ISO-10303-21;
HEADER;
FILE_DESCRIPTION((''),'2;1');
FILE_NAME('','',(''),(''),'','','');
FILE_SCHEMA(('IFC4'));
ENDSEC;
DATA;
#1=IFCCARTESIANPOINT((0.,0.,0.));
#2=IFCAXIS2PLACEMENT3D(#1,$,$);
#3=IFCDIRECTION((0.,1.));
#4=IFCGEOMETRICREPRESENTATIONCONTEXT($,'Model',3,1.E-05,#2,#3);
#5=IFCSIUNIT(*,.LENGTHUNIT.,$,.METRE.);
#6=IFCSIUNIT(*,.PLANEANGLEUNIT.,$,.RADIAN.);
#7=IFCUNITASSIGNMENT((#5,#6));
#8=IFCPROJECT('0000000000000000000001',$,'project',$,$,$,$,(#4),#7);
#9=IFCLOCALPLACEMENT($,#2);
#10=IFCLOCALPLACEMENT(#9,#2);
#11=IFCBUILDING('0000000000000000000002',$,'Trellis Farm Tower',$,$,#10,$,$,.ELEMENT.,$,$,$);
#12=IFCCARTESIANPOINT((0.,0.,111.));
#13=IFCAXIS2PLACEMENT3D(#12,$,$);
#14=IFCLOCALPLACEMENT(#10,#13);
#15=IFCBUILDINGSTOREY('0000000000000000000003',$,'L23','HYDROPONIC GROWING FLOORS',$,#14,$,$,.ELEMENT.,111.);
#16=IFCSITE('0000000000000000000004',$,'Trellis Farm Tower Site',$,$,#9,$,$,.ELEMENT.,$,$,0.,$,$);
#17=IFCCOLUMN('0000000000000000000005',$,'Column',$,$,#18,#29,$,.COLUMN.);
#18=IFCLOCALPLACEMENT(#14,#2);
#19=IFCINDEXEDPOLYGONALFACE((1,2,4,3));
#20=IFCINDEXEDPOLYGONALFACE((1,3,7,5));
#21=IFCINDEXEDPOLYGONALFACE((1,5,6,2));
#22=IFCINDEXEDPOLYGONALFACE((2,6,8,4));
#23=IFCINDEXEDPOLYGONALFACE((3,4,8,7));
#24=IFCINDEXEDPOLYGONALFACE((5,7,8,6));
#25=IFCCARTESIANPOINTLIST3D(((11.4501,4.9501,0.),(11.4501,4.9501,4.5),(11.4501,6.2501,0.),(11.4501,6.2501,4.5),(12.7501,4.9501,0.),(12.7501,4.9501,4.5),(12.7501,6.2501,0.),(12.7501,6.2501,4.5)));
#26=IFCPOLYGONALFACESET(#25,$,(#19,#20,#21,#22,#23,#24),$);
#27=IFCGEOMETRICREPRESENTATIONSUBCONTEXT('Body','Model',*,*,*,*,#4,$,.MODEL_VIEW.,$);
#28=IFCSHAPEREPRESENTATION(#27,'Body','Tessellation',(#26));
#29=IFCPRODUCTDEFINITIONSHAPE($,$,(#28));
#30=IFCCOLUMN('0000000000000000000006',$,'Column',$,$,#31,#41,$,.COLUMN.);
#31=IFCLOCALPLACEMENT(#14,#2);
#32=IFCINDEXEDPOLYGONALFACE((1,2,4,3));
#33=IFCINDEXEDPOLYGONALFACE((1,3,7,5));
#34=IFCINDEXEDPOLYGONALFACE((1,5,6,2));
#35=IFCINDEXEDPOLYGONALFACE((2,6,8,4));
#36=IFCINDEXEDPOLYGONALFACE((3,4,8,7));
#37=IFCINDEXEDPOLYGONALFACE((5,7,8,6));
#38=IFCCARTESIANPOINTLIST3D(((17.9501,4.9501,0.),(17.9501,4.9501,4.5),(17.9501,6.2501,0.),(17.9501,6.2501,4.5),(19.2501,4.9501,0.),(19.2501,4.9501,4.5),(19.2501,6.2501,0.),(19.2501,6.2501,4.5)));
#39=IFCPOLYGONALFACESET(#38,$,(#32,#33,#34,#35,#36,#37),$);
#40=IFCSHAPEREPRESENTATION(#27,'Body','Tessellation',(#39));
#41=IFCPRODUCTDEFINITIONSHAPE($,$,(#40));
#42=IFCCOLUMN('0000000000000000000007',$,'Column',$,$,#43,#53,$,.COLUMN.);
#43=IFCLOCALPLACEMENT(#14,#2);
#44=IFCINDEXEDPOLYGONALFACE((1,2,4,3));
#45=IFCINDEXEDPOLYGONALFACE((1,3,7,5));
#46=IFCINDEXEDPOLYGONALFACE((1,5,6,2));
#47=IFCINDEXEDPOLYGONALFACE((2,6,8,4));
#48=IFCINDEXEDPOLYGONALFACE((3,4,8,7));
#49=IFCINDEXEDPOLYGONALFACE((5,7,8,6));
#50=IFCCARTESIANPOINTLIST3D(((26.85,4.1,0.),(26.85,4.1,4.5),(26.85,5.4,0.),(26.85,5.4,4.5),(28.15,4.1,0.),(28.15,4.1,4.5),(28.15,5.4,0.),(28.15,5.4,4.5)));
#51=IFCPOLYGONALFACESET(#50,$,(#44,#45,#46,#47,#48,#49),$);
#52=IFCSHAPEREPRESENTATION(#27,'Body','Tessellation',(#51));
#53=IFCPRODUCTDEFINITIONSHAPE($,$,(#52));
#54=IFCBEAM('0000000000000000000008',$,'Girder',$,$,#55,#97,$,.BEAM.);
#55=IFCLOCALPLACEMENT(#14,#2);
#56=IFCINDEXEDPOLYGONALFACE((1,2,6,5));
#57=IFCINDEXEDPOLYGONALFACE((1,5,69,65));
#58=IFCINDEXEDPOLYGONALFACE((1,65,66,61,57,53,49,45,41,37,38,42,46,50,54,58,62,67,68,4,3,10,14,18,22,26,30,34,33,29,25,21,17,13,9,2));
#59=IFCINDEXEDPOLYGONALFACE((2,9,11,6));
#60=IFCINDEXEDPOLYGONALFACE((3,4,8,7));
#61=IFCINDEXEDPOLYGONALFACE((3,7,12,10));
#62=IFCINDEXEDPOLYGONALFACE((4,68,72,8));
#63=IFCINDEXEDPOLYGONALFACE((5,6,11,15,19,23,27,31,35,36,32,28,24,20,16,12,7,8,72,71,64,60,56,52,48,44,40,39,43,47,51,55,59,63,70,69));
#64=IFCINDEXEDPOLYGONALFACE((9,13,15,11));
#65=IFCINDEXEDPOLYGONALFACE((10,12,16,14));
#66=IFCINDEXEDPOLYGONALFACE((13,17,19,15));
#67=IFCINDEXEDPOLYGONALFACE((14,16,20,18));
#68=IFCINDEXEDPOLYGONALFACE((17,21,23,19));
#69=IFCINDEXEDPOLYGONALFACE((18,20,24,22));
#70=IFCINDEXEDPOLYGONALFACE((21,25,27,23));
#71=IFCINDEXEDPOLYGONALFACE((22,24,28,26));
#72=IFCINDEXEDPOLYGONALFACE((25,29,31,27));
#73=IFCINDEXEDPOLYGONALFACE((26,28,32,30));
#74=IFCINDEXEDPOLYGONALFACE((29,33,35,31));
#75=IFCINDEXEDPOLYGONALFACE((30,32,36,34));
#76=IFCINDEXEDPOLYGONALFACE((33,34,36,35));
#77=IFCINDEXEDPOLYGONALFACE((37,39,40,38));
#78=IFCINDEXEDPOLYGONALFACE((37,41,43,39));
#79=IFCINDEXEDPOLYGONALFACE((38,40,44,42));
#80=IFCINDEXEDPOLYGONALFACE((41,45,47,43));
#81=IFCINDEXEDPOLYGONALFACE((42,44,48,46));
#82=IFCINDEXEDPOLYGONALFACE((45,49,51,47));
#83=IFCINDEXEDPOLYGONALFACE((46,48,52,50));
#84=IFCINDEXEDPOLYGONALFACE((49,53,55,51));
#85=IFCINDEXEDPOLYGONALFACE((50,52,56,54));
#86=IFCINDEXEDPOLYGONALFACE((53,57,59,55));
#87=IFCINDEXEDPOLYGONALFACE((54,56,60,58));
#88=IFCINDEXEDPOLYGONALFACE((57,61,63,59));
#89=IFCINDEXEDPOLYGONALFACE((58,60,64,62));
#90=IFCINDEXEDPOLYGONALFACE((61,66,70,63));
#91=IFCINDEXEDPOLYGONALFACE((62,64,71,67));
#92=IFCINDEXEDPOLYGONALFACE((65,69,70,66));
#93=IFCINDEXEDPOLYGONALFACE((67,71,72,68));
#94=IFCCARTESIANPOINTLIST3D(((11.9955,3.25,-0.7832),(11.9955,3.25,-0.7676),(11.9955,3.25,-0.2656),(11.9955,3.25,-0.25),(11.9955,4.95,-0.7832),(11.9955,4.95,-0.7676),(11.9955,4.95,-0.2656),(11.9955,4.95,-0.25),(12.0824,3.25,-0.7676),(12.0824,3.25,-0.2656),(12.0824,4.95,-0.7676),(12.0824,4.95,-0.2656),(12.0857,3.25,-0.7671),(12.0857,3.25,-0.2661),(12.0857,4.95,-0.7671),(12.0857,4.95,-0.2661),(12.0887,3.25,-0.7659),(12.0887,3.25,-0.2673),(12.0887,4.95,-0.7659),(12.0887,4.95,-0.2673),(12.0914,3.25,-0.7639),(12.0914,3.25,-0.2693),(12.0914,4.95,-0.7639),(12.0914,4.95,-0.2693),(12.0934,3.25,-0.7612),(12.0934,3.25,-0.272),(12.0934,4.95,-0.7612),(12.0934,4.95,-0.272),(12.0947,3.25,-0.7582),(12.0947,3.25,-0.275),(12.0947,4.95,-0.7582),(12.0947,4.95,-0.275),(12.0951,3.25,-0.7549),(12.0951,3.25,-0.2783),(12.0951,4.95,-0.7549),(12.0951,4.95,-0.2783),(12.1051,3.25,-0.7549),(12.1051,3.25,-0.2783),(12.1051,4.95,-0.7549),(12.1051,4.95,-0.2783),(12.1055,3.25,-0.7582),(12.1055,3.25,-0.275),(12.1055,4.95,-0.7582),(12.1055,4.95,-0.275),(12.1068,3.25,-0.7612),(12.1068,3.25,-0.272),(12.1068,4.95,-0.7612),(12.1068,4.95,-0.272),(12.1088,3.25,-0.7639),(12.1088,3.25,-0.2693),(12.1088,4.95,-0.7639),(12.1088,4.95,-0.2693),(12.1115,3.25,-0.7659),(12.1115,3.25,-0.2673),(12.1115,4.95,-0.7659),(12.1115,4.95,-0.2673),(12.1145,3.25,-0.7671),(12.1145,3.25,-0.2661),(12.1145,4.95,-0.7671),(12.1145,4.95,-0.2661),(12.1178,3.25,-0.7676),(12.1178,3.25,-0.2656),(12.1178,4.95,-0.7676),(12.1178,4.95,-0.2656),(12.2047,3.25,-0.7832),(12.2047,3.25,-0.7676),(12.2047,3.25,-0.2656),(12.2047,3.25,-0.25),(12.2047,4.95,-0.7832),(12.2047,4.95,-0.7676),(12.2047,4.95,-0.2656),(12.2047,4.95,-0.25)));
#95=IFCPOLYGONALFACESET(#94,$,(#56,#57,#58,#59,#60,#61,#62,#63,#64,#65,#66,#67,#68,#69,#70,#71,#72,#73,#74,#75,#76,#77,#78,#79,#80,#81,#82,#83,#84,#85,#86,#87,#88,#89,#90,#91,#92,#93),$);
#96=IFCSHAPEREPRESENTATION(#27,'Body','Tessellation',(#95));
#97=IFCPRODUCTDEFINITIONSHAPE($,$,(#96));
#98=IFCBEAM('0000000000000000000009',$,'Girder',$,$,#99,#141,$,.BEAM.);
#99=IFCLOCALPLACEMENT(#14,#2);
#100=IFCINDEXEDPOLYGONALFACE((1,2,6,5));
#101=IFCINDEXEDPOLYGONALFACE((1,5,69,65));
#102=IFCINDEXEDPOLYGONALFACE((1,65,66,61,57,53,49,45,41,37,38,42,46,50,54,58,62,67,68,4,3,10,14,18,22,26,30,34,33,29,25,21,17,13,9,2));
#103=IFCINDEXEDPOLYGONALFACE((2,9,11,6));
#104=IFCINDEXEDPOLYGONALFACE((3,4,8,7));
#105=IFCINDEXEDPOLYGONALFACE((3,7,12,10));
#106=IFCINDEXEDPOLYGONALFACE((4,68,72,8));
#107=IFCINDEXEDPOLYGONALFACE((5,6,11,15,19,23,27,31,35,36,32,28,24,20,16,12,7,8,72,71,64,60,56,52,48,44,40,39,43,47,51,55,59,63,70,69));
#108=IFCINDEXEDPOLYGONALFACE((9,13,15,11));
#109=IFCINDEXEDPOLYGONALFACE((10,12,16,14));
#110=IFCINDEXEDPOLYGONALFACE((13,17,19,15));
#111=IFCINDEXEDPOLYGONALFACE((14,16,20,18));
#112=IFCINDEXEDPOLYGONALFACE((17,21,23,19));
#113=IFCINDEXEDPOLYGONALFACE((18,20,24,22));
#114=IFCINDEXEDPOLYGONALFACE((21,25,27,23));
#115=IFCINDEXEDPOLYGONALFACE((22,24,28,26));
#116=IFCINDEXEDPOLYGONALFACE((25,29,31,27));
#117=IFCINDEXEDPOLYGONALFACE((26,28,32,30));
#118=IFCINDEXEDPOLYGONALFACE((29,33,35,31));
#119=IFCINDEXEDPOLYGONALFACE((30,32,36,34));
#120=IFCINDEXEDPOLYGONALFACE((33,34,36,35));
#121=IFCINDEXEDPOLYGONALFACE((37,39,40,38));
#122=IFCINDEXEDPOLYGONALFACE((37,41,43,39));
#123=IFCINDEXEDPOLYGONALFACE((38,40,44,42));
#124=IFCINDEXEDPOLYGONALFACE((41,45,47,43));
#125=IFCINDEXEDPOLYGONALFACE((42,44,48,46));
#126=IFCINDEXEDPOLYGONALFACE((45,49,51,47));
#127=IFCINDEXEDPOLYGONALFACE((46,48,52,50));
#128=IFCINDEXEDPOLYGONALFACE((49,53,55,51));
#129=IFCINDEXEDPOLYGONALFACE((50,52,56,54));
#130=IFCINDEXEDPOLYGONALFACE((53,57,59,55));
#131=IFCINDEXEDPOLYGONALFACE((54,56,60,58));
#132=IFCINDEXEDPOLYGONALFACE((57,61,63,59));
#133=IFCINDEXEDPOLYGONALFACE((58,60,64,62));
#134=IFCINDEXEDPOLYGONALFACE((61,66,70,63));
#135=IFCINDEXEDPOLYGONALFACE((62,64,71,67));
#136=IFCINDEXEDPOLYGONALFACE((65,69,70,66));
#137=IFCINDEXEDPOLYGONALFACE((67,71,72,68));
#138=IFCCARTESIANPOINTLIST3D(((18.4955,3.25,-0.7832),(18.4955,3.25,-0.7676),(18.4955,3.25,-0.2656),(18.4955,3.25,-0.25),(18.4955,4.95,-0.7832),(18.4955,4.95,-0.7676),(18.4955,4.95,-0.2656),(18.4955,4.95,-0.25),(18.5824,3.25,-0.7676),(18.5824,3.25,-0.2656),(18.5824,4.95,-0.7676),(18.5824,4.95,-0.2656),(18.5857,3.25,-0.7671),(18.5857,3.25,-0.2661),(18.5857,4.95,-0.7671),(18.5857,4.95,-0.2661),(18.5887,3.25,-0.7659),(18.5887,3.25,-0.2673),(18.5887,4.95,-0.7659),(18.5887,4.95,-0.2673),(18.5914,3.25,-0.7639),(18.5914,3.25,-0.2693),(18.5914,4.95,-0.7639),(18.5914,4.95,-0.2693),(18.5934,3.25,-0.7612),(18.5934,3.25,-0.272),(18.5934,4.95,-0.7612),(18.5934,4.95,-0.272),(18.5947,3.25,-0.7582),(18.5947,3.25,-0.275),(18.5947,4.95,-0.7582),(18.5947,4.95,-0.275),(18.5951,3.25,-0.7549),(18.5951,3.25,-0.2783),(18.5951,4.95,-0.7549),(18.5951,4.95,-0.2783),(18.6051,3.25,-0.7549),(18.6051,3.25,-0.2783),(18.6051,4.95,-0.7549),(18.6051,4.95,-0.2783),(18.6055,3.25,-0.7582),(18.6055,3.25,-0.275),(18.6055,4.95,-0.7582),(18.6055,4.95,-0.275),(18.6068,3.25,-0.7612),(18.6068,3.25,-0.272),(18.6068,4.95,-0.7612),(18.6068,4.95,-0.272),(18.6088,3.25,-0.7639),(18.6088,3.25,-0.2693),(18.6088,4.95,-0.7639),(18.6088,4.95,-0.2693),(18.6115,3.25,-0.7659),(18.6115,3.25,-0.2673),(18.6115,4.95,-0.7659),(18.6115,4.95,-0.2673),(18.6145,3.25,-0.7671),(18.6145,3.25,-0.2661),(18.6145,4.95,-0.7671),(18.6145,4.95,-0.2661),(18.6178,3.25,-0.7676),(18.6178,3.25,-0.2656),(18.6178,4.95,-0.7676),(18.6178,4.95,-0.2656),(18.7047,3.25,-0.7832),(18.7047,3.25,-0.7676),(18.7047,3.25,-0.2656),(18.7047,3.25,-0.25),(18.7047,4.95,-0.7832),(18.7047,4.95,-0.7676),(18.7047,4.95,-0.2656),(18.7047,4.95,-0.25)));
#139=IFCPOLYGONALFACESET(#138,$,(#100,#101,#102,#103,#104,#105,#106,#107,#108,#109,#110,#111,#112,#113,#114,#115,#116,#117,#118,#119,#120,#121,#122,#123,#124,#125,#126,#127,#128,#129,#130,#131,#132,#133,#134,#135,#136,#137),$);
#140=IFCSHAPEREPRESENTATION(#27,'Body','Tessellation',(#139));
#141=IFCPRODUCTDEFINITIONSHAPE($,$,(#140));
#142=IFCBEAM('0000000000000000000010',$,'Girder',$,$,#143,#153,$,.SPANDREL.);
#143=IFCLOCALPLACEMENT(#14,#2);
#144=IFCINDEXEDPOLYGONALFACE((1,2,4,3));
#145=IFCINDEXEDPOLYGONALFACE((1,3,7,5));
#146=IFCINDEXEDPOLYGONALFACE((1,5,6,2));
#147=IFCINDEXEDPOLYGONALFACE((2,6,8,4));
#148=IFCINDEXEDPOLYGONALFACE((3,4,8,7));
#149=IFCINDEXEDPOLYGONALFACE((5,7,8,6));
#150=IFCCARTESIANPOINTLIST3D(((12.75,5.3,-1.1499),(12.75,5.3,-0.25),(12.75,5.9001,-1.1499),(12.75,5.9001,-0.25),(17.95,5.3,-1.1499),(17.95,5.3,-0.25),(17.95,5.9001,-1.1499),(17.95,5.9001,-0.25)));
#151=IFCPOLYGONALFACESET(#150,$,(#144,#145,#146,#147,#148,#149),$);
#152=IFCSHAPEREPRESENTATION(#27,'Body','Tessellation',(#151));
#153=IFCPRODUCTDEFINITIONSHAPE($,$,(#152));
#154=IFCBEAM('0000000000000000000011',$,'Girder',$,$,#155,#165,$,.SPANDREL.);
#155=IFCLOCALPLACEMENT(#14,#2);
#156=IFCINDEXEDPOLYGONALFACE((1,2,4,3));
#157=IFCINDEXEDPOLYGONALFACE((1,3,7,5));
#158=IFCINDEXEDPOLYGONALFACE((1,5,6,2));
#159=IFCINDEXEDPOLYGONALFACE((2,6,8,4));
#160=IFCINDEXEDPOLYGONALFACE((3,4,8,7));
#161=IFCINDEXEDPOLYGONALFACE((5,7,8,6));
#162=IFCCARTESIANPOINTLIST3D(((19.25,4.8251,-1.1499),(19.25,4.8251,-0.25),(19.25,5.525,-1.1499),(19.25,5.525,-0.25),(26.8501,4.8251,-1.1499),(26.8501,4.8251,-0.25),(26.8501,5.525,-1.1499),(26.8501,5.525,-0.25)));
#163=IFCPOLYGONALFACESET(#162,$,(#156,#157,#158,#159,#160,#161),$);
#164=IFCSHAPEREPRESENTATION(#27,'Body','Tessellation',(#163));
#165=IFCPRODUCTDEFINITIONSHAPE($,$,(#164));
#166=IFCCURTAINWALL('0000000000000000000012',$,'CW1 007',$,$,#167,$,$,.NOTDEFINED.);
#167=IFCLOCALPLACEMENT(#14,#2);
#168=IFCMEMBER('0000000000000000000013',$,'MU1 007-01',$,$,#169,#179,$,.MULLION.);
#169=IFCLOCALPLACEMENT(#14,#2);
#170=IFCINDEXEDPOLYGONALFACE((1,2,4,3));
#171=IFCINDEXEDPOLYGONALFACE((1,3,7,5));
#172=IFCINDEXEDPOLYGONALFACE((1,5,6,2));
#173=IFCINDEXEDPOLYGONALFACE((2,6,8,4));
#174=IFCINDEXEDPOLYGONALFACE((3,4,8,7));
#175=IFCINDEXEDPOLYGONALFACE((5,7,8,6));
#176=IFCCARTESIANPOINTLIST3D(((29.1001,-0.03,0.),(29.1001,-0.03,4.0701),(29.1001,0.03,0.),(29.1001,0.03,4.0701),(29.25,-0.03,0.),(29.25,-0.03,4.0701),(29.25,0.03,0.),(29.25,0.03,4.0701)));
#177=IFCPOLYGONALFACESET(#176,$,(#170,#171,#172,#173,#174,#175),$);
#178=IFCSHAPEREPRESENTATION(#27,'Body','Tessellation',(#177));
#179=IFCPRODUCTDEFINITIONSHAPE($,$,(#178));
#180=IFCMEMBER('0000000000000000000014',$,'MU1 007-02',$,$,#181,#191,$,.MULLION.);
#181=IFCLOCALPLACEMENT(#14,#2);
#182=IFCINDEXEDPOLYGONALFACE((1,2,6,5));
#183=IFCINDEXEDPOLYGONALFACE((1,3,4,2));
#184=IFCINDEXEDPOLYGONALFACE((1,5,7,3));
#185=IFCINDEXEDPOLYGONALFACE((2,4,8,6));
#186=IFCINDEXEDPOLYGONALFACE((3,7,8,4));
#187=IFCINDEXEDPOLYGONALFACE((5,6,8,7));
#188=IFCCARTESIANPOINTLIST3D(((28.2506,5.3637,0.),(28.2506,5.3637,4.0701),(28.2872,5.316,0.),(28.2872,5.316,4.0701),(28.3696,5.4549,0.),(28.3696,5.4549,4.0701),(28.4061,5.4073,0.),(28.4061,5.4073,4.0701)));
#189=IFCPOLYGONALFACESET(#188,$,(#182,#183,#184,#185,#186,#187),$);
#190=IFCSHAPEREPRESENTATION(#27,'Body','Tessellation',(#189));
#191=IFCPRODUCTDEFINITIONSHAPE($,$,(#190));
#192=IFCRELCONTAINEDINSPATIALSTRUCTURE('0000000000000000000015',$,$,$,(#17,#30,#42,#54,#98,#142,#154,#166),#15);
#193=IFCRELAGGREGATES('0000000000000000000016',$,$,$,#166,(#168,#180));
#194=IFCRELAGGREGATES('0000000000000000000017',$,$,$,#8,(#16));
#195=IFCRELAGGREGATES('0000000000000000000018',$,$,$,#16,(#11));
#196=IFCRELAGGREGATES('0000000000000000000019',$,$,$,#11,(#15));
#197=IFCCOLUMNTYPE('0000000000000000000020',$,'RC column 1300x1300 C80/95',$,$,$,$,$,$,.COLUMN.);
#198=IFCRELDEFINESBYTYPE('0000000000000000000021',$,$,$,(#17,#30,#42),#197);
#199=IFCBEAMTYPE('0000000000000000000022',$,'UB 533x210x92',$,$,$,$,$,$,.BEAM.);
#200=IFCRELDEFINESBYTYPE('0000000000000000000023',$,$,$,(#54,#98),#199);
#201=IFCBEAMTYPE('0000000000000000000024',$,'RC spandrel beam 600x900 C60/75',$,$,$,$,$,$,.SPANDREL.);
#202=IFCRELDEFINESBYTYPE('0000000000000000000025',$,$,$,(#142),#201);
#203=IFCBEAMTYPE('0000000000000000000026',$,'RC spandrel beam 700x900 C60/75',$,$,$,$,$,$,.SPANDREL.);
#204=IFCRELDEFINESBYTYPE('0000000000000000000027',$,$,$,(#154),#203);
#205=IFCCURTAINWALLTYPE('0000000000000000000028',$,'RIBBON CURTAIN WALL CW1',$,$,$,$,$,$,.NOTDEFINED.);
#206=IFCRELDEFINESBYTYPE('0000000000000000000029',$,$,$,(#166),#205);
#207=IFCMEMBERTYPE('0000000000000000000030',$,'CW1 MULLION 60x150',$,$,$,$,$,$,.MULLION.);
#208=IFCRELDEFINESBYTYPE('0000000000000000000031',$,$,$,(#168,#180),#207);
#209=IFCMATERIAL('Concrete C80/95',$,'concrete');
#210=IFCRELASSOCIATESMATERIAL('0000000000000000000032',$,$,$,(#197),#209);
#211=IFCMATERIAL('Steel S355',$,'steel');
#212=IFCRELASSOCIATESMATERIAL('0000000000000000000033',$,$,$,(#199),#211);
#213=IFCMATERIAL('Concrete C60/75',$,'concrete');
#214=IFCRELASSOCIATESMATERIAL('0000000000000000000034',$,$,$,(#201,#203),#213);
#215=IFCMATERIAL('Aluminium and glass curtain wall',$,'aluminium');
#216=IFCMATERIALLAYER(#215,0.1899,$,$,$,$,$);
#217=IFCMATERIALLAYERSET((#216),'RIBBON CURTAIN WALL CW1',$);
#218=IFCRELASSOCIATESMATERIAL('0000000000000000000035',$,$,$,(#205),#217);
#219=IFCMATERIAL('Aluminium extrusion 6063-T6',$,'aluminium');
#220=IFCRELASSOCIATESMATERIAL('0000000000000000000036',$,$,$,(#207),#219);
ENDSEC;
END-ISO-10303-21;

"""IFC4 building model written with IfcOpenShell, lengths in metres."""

from ifc_helpers import new_model, si_unit, direction, frame, origin, origin_2d, place, context, subcontext, project, spatial, rectangle, i_section, extrude, source, transform, mapped, material, layer, layer_set, material_profile, profile_set, type_object, element, aggregate, save


model = new_model("IFC4")

# Units and contexts
model_context = context("Model", 3, precision=1e-05, world=origin(), true_north=direction((0.0, 1.0)))
body_context = subcontext(model_context, "Body", "Model", "MODEL_VIEW")
ifc_project = project(units=[si_unit("LENGTHUNIT", "METRE"), si_unit("PLANEANGLEUNIT", "RADIAN")], contexts=[model_context])

# Site, building, storey
site_placement = place(None, origin())
site = spatial("IfcSite", under=ifc_project, at=site_placement, Name="Trellis Farm Tower Site", CompositionType="ELEMENT", RefElevation=0.0)
building_placement = place(site_placement, origin())
building = spatial("IfcBuilding", under=site, at=building_placement, Name="Trellis Farm Tower", CompositionType="ELEMENT")
storey_placement = place(building_placement, frame((0.0, 0.0, 111.0)))
storey = spatial("IfcBuildingStorey", under=building, at=storey_placement, Name="L23", Description="HYDROPONIC GROWING FLOORS", CompositionType="ELEMENT", Elevation=111.0)

# Columns
ifc_material_1 = material(Name="Concrete C80/95", Category="concrete")
ifc_material_profile_1 = material_profile(ifc_material_1, rectangle(XDim=1.3, YDim=1.3, at=origin_2d()), Name="RC column 1300x1300 C80/95")
ifc_profile_set_1 = profile_set([ifc_material_profile_1], Name="Concrete C80/95")
column_type = type_object("IfcColumnType", Name="RC column 1300x1300 C80/95", PredefinedType="COLUMN", material=ifc_profile_set_1)
shared_shape_1 = source(origin(), body_context, "Body", "SweptSolid", [
    extrude(rectangle(XDim=1.3, YDim=1.3, at=origin_2d()), origin(), (0.0, 0.0, 1.0), 4.5),
])
for number, where, z_axis, x_axis, name in (
    (1, (12.1001, 5.6001, 0.0), (0.0, 0.0, 1.0), (1.0, 0.0, 0.0), "Column"),
    (2, (18.6001, 5.6001, 0.0), (0.0, 0.0, 1.0), (1.0, 0.0, 0.0), "Column"),
    (3, (27.5, 4.75, 0.0), (0.0, 0.0, 1.0), (1.0, 0.0, 0.0), "Column"),
):
    element("IfcColumn", number, at=place(storey_placement, frame(where, z_axis=z_axis, x_axis=x_axis)), inside=storey, type_object=column_type, Name=name, PredefinedType="COLUMN", context=body_context, shape_type="MappedRepresentation", body=[
        mapped(shared_shape_1, transform((0.0, 0.0, 0.0))),
    ])

# Beams
ifc_material_2 = material(Name="Steel S355", Category="steel")
ifc_material_profile_2 = material_profile(ifc_material_2, i_section(OverallWidth=0.2092, OverallDepth=0.5332, WebThickness=0.01, FlangeThickness=0.0156, FilletRadius=0.0127, at=origin_2d()), Name="UB 533x210x92")
ifc_profile_set_2 = profile_set([ifc_material_profile_2], Name="Steel S355")
beam_type_1 = type_object("IfcBeamType", Name="UB 533x210x92", PredefinedType="BEAM", material=ifc_profile_set_2)
shared_shape_2 = source(origin(), body_context, "Body", "SweptSolid", [
    extrude(i_section(OverallWidth=0.2092, OverallDepth=0.5332, WebThickness=0.01, FlangeThickness=0.0156, FilletRadius=0.0127, at=origin_2d()), origin(), (0.0, 0.0, 1.0), 1.7),
])
for number, where, z_axis, x_axis, name in (
    (4, (12.1001, 3.25, -0.5166), (0.0, 1.0, 0.0), (-1.0, 0.0, 0.0), "Girder"),
    (5, (18.6001, 3.25, -0.5166), (0.0, 1.0, 0.0), (-1.0, 0.0, 0.0), "Girder"),
):
    element("IfcBeam", number, at=place(storey_placement, frame(where, z_axis=z_axis, x_axis=x_axis)), inside=storey, type_object=beam_type_1, Name=name, PredefinedType="BEAM", context=body_context, shape_type="MappedRepresentation", body=[
        mapped(shared_shape_2, transform((0.0, 0.0, 0.0))),
    ])
ifc_material_3 = material(Name="Concrete C60/75", Category="concrete")
ifc_material_profile_3 = material_profile(ifc_material_3, rectangle(XDim=0.6001, YDim=0.8999, at=origin_2d()), Name="RC spandrel beam 600x900 C60/75")
ifc_profile_set_3 = profile_set([ifc_material_profile_3], Name="Concrete C60/75")
beam_type_2 = type_object("IfcBeamType", Name="RC spandrel beam 600x900 C60/75", PredefinedType="SPANDREL", material=ifc_profile_set_3)
shared_shape_3 = source(origin(), body_context, "Body", "SweptSolid", [
    extrude(rectangle(XDim=0.6001, YDim=0.8999, at=origin_2d()), origin(), (0.0, 0.0, 1.0), 5.2),
])
beam_1_placement = place(storey_placement, frame((12.75, 5.6001, -0.7), z_axis=(1.0, 0.0, 0.0), x_axis=(0.0, 1.0, 0.0)))
element("IfcBeam", 6, at=beam_1_placement, inside=storey, type_object=beam_type_2, Name="Girder", PredefinedType="SPANDREL", context=body_context, shape_type="MappedRepresentation", body=[
    mapped(shared_shape_3, transform((0.0, 0.0, 0.0))),
])
ifc_material_profile_4 = material_profile(ifc_material_3, rectangle(XDim=0.7, YDim=0.8999, at=origin_2d()), Name="RC spandrel beam 700x900 C60/75")
ifc_profile_set_4 = profile_set([ifc_material_profile_4], Name="Concrete C60/75")
beam_type_3 = type_object("IfcBeamType", Name="RC spandrel beam 700x900 C60/75", PredefinedType="SPANDREL", material=ifc_profile_set_4)
shared_shape_4 = source(origin(), body_context, "Body", "SweptSolid", [
    extrude(rectangle(XDim=0.7, YDim=0.8999, at=origin_2d()), origin(), (0.0, 0.0, 1.0), 7.6001),
])
beam_2_placement = place(storey_placement, frame((19.25, 5.175, -0.7), z_axis=(1.0, 0.0, 0.0), x_axis=(0.0, 1.0, 0.0)))
element("IfcBeam", 7, at=beam_2_placement, inside=storey, type_object=beam_type_3, Name="Girder", PredefinedType="SPANDREL", context=body_context, shape_type="MappedRepresentation", body=[
    mapped(shared_shape_4, transform((0.0, 0.0, 0.0))),
])

# Curtain wall, members
ifc_material_4 = material(Name="Aluminium and glass curtain wall", Category="aluminium")
ifc_layer_1 = layer(ifc_material_4, 0.1899)
ifc_layer_set_1 = layer_set([ifc_layer_1], Name="RIBBON CURTAIN WALL CW1")
curtain_wall_type = type_object("IfcCurtainWallType", Name="RIBBON CURTAIN WALL CW1", PredefinedType="NOTDEFINED", material=ifc_layer_set_1)
placement = place(storey_placement, origin())
curtain_wall_1 = element("IfcCurtainWall", 8, at=placement, inside=storey, type_object=curtain_wall_type, Name="CW1 007", PredefinedType="NOTDEFINED")
ifc_material_5 = material(Name="Aluminium extrusion 6063-T6", Category="aluminium")
ifc_material_profile_5 = material_profile(ifc_material_5, rectangle(XDim=0.0601, YDim=0.1499, at=origin_2d()), Name="MULLION 60x150")
ifc_profile_set_5 = profile_set([ifc_material_profile_5], Name="Aluminium extrusion 6063-T6")
member_type = type_object("IfcMemberType", Name="CW1 MULLION 60x150", PredefinedType="MULLION", material=ifc_profile_set_5)
shared_shape_5 = source(origin(), body_context, "Body", "SweptSolid", [
    extrude(rectangle(XDim=0.0601, YDim=0.1499, at=origin_2d()), origin(), (0.0, 0.0, 1.0), 4.0701),
])
member_1_placement = place(storey_placement, frame((29.175, 0.0, 0.0), z_axis=(0.0, 0.0, 1.0), x_axis=(0.0, 1.0, 0.0)))
member_1 = element("IfcMember", 9, at=member_1_placement, type_object=member_type, Name="MU1 007-01", PredefinedType="MULLION", context=body_context, shape_type="MappedRepresentation", body=[
    mapped(shared_shape_5, transform((0.0, 0.0, 0.0))),
])
member_2_placement = place(storey_placement, frame((28.3284, 5.3855, 0.0), z_axis=(0.0, 0.0, 1.0), x_axis=(-0.608761, 0.793353, 0.0)))
member_2 = element("IfcMember", 10, at=member_2_placement, type_object=member_type, Name="MU1 007-02", PredefinedType="MULLION", context=body_context, shape_type="MappedRepresentation", body=[
    mapped(shared_shape_5, transform((0.0, 0.0, 0.0))),
])
aggregate(curtain_wall_1, [member_1, member_2])

save(model, "model.ifc")
